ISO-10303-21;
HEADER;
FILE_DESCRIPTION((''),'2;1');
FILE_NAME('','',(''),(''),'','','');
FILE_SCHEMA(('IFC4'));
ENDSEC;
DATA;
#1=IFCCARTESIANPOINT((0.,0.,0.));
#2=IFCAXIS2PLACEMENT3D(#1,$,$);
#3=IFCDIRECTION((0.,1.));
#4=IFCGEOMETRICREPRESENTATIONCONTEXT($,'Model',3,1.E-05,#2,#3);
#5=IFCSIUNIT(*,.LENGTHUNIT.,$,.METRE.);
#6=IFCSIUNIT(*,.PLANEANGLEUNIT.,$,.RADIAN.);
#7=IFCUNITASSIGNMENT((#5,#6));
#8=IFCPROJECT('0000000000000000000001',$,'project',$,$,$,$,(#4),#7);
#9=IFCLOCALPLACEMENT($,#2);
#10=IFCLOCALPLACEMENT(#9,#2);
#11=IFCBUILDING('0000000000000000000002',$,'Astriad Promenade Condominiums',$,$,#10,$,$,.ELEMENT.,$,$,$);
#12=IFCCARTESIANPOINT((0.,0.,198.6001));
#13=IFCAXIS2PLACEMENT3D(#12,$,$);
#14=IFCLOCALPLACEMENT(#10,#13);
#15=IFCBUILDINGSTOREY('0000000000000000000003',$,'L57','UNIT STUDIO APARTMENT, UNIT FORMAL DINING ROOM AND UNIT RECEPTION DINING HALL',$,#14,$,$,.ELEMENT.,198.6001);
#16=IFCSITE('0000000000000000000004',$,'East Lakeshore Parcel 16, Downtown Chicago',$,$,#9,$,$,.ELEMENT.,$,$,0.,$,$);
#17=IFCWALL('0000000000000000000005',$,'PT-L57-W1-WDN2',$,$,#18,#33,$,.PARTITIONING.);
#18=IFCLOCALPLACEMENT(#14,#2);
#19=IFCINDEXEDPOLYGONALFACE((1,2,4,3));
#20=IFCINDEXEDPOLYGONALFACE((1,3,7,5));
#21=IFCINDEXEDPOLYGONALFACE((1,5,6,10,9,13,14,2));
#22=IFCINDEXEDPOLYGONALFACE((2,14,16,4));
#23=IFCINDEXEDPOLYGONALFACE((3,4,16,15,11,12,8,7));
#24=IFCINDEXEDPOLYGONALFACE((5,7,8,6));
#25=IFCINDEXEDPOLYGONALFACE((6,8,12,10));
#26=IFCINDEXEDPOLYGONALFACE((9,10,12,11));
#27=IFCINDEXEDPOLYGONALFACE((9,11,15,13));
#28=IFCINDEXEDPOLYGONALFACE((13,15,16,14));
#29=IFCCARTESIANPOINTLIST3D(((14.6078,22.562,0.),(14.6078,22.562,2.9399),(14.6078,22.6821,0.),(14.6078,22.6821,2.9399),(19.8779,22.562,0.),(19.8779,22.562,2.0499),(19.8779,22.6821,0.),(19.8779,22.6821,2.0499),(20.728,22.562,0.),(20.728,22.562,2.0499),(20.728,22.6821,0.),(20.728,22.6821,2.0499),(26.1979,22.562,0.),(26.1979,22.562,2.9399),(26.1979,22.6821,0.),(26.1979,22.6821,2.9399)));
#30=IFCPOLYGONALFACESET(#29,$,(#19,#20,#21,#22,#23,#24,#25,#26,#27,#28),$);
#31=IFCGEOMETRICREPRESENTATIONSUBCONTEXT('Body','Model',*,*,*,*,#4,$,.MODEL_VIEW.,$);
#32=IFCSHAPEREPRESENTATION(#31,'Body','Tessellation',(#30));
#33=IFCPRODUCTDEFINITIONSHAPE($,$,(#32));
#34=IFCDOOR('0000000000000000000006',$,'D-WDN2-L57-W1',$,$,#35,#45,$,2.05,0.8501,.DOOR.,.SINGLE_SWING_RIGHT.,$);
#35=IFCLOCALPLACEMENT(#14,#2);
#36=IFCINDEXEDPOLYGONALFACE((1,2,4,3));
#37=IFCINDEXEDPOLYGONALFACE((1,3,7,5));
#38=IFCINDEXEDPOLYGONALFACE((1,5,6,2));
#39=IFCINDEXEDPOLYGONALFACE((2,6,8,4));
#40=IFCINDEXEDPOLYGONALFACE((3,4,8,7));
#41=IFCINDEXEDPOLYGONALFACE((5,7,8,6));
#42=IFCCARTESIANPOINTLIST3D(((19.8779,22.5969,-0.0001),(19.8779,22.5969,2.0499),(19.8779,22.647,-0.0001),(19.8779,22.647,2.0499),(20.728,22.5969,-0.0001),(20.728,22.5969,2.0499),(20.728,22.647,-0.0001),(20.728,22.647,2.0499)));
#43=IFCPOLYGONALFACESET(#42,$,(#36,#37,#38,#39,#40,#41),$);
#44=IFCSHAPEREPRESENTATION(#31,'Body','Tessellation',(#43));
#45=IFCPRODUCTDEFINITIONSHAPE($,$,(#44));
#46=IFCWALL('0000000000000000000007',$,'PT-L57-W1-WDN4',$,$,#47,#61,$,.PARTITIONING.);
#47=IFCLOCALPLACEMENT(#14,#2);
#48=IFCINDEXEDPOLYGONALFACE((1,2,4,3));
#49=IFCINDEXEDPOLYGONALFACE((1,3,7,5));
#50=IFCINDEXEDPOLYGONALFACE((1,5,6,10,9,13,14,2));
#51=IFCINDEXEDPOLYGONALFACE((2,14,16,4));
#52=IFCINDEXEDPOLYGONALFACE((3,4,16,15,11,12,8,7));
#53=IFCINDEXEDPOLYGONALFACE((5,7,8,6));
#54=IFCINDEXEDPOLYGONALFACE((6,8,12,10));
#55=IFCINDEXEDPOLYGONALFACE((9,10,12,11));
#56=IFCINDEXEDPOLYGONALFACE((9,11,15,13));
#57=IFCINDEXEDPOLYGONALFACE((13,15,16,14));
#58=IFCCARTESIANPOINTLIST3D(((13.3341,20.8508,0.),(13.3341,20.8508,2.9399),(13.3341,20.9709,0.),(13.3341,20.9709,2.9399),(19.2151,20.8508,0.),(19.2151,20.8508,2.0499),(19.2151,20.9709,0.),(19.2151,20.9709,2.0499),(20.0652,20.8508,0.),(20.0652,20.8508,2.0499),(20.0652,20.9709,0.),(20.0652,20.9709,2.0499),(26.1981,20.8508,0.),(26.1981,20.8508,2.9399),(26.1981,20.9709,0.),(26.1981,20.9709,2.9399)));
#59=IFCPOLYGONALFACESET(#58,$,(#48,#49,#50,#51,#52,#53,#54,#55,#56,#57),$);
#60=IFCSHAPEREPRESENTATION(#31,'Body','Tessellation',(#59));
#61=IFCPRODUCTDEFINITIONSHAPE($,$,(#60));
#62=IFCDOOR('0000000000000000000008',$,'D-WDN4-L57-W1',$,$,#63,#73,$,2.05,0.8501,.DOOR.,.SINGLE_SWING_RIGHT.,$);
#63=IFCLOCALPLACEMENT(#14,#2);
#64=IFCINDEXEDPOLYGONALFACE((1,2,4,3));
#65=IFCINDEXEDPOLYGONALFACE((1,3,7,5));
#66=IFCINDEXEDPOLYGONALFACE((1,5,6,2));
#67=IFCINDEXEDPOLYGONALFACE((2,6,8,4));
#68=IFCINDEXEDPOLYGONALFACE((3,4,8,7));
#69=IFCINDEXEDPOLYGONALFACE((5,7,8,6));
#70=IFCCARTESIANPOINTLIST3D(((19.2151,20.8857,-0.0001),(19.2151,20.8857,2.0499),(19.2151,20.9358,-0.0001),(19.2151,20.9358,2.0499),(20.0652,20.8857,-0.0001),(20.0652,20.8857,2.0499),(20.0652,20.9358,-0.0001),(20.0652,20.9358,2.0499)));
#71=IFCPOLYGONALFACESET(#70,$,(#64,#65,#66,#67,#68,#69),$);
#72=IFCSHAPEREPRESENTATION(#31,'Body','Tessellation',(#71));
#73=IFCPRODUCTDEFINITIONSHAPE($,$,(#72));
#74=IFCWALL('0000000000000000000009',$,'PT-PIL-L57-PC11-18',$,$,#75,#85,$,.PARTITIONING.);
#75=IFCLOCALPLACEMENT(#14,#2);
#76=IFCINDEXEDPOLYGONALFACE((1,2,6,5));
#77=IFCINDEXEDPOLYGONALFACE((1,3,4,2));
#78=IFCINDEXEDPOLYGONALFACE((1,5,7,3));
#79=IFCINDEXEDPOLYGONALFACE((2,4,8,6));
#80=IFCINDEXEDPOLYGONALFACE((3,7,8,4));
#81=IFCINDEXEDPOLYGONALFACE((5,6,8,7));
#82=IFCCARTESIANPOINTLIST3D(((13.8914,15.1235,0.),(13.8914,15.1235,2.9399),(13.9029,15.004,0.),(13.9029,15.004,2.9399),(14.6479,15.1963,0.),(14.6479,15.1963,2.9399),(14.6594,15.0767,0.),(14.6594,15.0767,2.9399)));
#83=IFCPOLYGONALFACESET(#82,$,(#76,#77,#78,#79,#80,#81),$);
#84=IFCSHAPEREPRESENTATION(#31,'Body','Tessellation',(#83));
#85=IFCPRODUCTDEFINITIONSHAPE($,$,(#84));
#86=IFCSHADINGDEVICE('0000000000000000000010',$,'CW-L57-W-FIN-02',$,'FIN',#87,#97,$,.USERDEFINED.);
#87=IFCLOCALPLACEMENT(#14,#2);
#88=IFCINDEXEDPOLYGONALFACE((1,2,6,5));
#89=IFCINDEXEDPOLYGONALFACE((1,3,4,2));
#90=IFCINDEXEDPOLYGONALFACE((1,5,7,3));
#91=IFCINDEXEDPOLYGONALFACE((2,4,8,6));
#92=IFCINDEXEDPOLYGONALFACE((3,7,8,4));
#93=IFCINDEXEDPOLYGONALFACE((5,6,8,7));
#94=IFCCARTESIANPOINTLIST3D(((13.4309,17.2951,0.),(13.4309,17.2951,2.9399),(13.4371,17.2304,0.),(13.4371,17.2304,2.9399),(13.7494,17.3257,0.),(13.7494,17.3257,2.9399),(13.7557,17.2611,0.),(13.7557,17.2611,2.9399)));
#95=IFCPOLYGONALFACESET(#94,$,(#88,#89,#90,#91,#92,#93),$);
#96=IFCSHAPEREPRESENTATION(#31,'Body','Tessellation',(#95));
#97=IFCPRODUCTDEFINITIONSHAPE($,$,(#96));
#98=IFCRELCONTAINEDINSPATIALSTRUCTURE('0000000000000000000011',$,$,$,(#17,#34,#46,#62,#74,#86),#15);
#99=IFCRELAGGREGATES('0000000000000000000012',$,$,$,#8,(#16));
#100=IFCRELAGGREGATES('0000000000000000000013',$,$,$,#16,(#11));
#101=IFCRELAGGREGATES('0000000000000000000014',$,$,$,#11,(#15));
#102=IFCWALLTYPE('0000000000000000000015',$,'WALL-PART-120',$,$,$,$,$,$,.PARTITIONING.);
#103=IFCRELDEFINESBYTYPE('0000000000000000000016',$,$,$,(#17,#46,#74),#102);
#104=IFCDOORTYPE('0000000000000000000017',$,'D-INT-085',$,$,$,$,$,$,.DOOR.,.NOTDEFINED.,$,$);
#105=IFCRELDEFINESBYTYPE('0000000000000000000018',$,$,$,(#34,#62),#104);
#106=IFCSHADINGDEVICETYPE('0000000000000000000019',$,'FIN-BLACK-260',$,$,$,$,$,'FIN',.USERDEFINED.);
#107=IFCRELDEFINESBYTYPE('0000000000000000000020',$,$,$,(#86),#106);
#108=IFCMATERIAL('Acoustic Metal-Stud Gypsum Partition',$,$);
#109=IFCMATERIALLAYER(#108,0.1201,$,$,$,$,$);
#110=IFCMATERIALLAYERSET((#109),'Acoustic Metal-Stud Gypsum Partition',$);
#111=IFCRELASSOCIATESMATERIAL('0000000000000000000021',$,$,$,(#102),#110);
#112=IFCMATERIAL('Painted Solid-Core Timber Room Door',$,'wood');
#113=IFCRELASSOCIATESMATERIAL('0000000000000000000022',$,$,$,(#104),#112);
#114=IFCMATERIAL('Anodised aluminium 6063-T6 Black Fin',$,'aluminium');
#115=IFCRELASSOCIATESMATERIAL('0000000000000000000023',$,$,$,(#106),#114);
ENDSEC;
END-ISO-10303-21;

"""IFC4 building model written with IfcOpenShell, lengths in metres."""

from ifc_helpers import new_model, si_unit, direction, frame, frame_2d, origin, origin_2d, place, context, subcontext, project, spatial, rectangle, extrude, source, transform, mapped, material, layer, layer_set, type_object, type_shapes, element, fill, save


model = new_model("IFC4")

# Units and contexts
model_context = context("Model", 3, precision=1e-05, world=origin(), true_north=direction((0.0, 1.0)))
body_context = subcontext(model_context, "Body", "Model", "MODEL_VIEW")
ifc_project = project(units=[si_unit("LENGTHUNIT", "METRE"), si_unit("PLANEANGLEUNIT", "RADIAN")], contexts=[model_context])

# Site, building, storey
site_placement = place(None, origin())
site = spatial("IfcSite", under=ifc_project, at=site_placement, Name="East Lakeshore Parcel 16, Downtown Chicago", CompositionType="ELEMENT", RefElevation=0.0)
building_placement = place(site_placement, origin())
building = spatial("IfcBuilding", under=site, at=building_placement, Name="Astriad Promenade Condominiums", CompositionType="ELEMENT")
storey_placement = place(building_placement, frame((0.0, 0.0, 198.6001)))
storey = spatial("IfcBuildingStorey", under=building, at=storey_placement, Name="L57", Description="UNIT STUDIO APARTMENT, UNIT FORMAL DINING ROOM AND UNIT RECEPTION DINING HALL", CompositionType="ELEMENT", Elevation=198.6001)

# Walls, openings, doors
ifc_material_1 = material(Name="Acoustic Metal-Stud Gypsum Partition")
ifc_layer_1 = layer(ifc_material_1, 0.1201)
ifc_layer_set_1 = layer_set([ifc_layer_1], Name="Acoustic Metal-Stud Gypsum Partition")
wall_type_1 = type_object("IfcWallType", Name="WALL-PART-120", PredefinedType="PARTITIONING", material=ifc_layer_set_1)
wall_1_placement = place(storey_placement, frame((14.6079, 22.6221, 0.0), z_axis=(0.0, 0.0, 1.0), x_axis=(1.0, 0.0, 0.0)))
wall_1 = element("IfcWall", 1, at=wall_1_placement, inside=storey, type_object=wall_type_1, Name="PT-L57-W1-WDN2", PredefinedType="PARTITIONING", context=body_context, shape_type="SweptSolid", body=[
    extrude(rectangle(XDim=11.5901, YDim=0.1201, at=frame_2d((5.7949, 0.0))), origin(), (0.0, 0.0, 1.0), 2.9399),
])
opening_1_placement = place(wall_1_placement, frame((5.27, 0.0, 0.0)))
opening_1 = element("IfcOpeningElement", 2, at=opening_1_placement, cuts=wall_1, PredefinedType="OPENING", context=body_context, shape_type="SweptSolid", body=[
    extrude(rectangle(XDim=0.8501, YDim=2.05, at=frame_2d((0.425, 1.0249))), frame((0.0, 0.0701, 0.0), z_axis=(0.0, -1.0, 0.0), x_axis=(1.0, 0.0, 0.0)), (0.0, 0.0, 1.0), 0.1401),
])
ifc_material_2 = material(Name="Painted Solid-Core Timber Room Door", Category="wood")
door_type = type_object("IfcDoorType", Name="D-INT-085", OperationType="NOTDEFINED", PredefinedType="DOOR", material=ifc_material_2)
shared_shape_1 = source(origin(), body_context, "Body", "SweptSolid", [
    extrude(rectangle(XDim=0.8501, YDim=2.05, at=frame_2d((0.425, 1.0249))), frame((0.0, 0.0249, 0.0), z_axis=(0.0, -1.0, 0.0), x_axis=(1.0, 0.0, 0.0)), (0.0, 0.0, 1.0), 0.05),
])
type_shapes(door_type, [shared_shape_1])
door_1_placement = place(opening_1_placement, origin())
door_1 = element("IfcDoor", 3, at=door_1_placement, inside=storey, type_object=door_type, Name="D-WDN2-L57-W1", OperationType="SINGLE_SWING_RIGHT", OverallHeight=2.05, OverallWidth=0.8501, PredefinedType="DOOR", context=body_context, shape_type="MappedRepresentation", body=[
    mapped(shared_shape_1, transform((0.0, 0.0, 0.0), scale=1.0)),
])
fill(opening_1, door_1)
wall_2_placement = place(storey_placement, frame((13.334, 20.9109, 0.0), z_axis=(0.0, 0.0, 1.0), x_axis=(1.0, 0.0, 0.0)))
wall_2 = element("IfcWall", 4, at=wall_2_placement, inside=storey, type_object=wall_type_1, Name="PT-L57-W1-WDN4", PredefinedType="PARTITIONING", context=body_context, shape_type="SweptSolid", body=[
    extrude(rectangle(XDim=12.864, YDim=0.1201, at=frame_2d((6.4321, 0.0))), origin(), (0.0, 0.0, 1.0), 2.9399),
])
opening_2_placement = place(wall_2_placement, frame((5.8811, 0.0, 0.0)))
opening_2 = element("IfcOpeningElement", 5, at=opening_2_placement, cuts=wall_2, PredefinedType="OPENING", context=body_context, shape_type="SweptSolid", body=[
    extrude(rectangle(XDim=0.8501, YDim=2.05, at=frame_2d((0.425, 1.0249))), frame((0.0, 0.0701, 0.0), z_axis=(0.0, -1.0, 0.0), x_axis=(1.0, 0.0, 0.0)), (0.0, 0.0, 1.0), 0.1401),
])
door_2_placement = place(opening_2_placement, origin())
door_2 = element("IfcDoor", 6, at=door_2_placement, inside=storey, type_object=door_type, Name="D-WDN4-L57-W1", OperationType="SINGLE_SWING_RIGHT", OverallHeight=2.05, OverallWidth=0.8501, PredefinedType="DOOR", context=body_context, shape_type="MappedRepresentation", body=[
    mapped(shared_shape_1, transform((0.0, 0.0, 0.0), scale=1.0)),
])
fill(opening_2, door_2)

# Wall
wall_3_placement = place(storey_placement, frame((14.6536, 15.1365, 0.0), z_axis=(0.0, 0.0, 1.0), x_axis=(-0.995408, -0.095719, 0.0)))
element("IfcWall", 7, at=wall_3_placement, inside=storey, type_object=wall_type_1, Name="PT-PIL-L57-PC11-18", PredefinedType="PARTITIONING", context=body_context, shape_type="SweptSolid", body=[
    extrude(rectangle(XDim=0.76, YDim=0.1201, at=frame_2d((0.3799, 0.0))), origin(), (0.0, 0.0, 1.0), 2.9399),
])

# Shading device
ifc_material_3 = material(Name="Anodised aluminium 6063-T6 Black Fin", Category="aluminium")
shading_device_type = type_object("IfcShadingDeviceType", Name="FIN-BLACK-260", ElementType="FIN", PredefinedType="USERDEFINED", material=ifc_material_3)
shared_shape_2 = source(origin(), body_context, "Body", "SweptSolid", [
    extrude(rectangle(XDim=0.0649, YDim=0.3201, at=origin_2d()), origin(), (0.0, 0.0, 1.0), 2.9399),
])
type_shapes(shading_device_type, [shared_shape_2])
shading_device_placement = place(storey_placement, frame((13.5933, 17.2781, 0.0), z_axis=(0.0, 0.0, 1.0), x_axis=(-0.095846, 0.995396, 0.0)))
element("IfcShadingDevice", 8, at=shading_device_placement, inside=storey, type_object=shading_device_type, Name="CW-L57-W-FIN-02", ObjectType="FIN", PredefinedType="USERDEFINED", context=body_context, shape_type="MappedRepresentation", body=[
    mapped(shared_shape_2, transform((0.0, 0.0, 0.0), scale=1.0)),
])

save(model, "model.ifc")
